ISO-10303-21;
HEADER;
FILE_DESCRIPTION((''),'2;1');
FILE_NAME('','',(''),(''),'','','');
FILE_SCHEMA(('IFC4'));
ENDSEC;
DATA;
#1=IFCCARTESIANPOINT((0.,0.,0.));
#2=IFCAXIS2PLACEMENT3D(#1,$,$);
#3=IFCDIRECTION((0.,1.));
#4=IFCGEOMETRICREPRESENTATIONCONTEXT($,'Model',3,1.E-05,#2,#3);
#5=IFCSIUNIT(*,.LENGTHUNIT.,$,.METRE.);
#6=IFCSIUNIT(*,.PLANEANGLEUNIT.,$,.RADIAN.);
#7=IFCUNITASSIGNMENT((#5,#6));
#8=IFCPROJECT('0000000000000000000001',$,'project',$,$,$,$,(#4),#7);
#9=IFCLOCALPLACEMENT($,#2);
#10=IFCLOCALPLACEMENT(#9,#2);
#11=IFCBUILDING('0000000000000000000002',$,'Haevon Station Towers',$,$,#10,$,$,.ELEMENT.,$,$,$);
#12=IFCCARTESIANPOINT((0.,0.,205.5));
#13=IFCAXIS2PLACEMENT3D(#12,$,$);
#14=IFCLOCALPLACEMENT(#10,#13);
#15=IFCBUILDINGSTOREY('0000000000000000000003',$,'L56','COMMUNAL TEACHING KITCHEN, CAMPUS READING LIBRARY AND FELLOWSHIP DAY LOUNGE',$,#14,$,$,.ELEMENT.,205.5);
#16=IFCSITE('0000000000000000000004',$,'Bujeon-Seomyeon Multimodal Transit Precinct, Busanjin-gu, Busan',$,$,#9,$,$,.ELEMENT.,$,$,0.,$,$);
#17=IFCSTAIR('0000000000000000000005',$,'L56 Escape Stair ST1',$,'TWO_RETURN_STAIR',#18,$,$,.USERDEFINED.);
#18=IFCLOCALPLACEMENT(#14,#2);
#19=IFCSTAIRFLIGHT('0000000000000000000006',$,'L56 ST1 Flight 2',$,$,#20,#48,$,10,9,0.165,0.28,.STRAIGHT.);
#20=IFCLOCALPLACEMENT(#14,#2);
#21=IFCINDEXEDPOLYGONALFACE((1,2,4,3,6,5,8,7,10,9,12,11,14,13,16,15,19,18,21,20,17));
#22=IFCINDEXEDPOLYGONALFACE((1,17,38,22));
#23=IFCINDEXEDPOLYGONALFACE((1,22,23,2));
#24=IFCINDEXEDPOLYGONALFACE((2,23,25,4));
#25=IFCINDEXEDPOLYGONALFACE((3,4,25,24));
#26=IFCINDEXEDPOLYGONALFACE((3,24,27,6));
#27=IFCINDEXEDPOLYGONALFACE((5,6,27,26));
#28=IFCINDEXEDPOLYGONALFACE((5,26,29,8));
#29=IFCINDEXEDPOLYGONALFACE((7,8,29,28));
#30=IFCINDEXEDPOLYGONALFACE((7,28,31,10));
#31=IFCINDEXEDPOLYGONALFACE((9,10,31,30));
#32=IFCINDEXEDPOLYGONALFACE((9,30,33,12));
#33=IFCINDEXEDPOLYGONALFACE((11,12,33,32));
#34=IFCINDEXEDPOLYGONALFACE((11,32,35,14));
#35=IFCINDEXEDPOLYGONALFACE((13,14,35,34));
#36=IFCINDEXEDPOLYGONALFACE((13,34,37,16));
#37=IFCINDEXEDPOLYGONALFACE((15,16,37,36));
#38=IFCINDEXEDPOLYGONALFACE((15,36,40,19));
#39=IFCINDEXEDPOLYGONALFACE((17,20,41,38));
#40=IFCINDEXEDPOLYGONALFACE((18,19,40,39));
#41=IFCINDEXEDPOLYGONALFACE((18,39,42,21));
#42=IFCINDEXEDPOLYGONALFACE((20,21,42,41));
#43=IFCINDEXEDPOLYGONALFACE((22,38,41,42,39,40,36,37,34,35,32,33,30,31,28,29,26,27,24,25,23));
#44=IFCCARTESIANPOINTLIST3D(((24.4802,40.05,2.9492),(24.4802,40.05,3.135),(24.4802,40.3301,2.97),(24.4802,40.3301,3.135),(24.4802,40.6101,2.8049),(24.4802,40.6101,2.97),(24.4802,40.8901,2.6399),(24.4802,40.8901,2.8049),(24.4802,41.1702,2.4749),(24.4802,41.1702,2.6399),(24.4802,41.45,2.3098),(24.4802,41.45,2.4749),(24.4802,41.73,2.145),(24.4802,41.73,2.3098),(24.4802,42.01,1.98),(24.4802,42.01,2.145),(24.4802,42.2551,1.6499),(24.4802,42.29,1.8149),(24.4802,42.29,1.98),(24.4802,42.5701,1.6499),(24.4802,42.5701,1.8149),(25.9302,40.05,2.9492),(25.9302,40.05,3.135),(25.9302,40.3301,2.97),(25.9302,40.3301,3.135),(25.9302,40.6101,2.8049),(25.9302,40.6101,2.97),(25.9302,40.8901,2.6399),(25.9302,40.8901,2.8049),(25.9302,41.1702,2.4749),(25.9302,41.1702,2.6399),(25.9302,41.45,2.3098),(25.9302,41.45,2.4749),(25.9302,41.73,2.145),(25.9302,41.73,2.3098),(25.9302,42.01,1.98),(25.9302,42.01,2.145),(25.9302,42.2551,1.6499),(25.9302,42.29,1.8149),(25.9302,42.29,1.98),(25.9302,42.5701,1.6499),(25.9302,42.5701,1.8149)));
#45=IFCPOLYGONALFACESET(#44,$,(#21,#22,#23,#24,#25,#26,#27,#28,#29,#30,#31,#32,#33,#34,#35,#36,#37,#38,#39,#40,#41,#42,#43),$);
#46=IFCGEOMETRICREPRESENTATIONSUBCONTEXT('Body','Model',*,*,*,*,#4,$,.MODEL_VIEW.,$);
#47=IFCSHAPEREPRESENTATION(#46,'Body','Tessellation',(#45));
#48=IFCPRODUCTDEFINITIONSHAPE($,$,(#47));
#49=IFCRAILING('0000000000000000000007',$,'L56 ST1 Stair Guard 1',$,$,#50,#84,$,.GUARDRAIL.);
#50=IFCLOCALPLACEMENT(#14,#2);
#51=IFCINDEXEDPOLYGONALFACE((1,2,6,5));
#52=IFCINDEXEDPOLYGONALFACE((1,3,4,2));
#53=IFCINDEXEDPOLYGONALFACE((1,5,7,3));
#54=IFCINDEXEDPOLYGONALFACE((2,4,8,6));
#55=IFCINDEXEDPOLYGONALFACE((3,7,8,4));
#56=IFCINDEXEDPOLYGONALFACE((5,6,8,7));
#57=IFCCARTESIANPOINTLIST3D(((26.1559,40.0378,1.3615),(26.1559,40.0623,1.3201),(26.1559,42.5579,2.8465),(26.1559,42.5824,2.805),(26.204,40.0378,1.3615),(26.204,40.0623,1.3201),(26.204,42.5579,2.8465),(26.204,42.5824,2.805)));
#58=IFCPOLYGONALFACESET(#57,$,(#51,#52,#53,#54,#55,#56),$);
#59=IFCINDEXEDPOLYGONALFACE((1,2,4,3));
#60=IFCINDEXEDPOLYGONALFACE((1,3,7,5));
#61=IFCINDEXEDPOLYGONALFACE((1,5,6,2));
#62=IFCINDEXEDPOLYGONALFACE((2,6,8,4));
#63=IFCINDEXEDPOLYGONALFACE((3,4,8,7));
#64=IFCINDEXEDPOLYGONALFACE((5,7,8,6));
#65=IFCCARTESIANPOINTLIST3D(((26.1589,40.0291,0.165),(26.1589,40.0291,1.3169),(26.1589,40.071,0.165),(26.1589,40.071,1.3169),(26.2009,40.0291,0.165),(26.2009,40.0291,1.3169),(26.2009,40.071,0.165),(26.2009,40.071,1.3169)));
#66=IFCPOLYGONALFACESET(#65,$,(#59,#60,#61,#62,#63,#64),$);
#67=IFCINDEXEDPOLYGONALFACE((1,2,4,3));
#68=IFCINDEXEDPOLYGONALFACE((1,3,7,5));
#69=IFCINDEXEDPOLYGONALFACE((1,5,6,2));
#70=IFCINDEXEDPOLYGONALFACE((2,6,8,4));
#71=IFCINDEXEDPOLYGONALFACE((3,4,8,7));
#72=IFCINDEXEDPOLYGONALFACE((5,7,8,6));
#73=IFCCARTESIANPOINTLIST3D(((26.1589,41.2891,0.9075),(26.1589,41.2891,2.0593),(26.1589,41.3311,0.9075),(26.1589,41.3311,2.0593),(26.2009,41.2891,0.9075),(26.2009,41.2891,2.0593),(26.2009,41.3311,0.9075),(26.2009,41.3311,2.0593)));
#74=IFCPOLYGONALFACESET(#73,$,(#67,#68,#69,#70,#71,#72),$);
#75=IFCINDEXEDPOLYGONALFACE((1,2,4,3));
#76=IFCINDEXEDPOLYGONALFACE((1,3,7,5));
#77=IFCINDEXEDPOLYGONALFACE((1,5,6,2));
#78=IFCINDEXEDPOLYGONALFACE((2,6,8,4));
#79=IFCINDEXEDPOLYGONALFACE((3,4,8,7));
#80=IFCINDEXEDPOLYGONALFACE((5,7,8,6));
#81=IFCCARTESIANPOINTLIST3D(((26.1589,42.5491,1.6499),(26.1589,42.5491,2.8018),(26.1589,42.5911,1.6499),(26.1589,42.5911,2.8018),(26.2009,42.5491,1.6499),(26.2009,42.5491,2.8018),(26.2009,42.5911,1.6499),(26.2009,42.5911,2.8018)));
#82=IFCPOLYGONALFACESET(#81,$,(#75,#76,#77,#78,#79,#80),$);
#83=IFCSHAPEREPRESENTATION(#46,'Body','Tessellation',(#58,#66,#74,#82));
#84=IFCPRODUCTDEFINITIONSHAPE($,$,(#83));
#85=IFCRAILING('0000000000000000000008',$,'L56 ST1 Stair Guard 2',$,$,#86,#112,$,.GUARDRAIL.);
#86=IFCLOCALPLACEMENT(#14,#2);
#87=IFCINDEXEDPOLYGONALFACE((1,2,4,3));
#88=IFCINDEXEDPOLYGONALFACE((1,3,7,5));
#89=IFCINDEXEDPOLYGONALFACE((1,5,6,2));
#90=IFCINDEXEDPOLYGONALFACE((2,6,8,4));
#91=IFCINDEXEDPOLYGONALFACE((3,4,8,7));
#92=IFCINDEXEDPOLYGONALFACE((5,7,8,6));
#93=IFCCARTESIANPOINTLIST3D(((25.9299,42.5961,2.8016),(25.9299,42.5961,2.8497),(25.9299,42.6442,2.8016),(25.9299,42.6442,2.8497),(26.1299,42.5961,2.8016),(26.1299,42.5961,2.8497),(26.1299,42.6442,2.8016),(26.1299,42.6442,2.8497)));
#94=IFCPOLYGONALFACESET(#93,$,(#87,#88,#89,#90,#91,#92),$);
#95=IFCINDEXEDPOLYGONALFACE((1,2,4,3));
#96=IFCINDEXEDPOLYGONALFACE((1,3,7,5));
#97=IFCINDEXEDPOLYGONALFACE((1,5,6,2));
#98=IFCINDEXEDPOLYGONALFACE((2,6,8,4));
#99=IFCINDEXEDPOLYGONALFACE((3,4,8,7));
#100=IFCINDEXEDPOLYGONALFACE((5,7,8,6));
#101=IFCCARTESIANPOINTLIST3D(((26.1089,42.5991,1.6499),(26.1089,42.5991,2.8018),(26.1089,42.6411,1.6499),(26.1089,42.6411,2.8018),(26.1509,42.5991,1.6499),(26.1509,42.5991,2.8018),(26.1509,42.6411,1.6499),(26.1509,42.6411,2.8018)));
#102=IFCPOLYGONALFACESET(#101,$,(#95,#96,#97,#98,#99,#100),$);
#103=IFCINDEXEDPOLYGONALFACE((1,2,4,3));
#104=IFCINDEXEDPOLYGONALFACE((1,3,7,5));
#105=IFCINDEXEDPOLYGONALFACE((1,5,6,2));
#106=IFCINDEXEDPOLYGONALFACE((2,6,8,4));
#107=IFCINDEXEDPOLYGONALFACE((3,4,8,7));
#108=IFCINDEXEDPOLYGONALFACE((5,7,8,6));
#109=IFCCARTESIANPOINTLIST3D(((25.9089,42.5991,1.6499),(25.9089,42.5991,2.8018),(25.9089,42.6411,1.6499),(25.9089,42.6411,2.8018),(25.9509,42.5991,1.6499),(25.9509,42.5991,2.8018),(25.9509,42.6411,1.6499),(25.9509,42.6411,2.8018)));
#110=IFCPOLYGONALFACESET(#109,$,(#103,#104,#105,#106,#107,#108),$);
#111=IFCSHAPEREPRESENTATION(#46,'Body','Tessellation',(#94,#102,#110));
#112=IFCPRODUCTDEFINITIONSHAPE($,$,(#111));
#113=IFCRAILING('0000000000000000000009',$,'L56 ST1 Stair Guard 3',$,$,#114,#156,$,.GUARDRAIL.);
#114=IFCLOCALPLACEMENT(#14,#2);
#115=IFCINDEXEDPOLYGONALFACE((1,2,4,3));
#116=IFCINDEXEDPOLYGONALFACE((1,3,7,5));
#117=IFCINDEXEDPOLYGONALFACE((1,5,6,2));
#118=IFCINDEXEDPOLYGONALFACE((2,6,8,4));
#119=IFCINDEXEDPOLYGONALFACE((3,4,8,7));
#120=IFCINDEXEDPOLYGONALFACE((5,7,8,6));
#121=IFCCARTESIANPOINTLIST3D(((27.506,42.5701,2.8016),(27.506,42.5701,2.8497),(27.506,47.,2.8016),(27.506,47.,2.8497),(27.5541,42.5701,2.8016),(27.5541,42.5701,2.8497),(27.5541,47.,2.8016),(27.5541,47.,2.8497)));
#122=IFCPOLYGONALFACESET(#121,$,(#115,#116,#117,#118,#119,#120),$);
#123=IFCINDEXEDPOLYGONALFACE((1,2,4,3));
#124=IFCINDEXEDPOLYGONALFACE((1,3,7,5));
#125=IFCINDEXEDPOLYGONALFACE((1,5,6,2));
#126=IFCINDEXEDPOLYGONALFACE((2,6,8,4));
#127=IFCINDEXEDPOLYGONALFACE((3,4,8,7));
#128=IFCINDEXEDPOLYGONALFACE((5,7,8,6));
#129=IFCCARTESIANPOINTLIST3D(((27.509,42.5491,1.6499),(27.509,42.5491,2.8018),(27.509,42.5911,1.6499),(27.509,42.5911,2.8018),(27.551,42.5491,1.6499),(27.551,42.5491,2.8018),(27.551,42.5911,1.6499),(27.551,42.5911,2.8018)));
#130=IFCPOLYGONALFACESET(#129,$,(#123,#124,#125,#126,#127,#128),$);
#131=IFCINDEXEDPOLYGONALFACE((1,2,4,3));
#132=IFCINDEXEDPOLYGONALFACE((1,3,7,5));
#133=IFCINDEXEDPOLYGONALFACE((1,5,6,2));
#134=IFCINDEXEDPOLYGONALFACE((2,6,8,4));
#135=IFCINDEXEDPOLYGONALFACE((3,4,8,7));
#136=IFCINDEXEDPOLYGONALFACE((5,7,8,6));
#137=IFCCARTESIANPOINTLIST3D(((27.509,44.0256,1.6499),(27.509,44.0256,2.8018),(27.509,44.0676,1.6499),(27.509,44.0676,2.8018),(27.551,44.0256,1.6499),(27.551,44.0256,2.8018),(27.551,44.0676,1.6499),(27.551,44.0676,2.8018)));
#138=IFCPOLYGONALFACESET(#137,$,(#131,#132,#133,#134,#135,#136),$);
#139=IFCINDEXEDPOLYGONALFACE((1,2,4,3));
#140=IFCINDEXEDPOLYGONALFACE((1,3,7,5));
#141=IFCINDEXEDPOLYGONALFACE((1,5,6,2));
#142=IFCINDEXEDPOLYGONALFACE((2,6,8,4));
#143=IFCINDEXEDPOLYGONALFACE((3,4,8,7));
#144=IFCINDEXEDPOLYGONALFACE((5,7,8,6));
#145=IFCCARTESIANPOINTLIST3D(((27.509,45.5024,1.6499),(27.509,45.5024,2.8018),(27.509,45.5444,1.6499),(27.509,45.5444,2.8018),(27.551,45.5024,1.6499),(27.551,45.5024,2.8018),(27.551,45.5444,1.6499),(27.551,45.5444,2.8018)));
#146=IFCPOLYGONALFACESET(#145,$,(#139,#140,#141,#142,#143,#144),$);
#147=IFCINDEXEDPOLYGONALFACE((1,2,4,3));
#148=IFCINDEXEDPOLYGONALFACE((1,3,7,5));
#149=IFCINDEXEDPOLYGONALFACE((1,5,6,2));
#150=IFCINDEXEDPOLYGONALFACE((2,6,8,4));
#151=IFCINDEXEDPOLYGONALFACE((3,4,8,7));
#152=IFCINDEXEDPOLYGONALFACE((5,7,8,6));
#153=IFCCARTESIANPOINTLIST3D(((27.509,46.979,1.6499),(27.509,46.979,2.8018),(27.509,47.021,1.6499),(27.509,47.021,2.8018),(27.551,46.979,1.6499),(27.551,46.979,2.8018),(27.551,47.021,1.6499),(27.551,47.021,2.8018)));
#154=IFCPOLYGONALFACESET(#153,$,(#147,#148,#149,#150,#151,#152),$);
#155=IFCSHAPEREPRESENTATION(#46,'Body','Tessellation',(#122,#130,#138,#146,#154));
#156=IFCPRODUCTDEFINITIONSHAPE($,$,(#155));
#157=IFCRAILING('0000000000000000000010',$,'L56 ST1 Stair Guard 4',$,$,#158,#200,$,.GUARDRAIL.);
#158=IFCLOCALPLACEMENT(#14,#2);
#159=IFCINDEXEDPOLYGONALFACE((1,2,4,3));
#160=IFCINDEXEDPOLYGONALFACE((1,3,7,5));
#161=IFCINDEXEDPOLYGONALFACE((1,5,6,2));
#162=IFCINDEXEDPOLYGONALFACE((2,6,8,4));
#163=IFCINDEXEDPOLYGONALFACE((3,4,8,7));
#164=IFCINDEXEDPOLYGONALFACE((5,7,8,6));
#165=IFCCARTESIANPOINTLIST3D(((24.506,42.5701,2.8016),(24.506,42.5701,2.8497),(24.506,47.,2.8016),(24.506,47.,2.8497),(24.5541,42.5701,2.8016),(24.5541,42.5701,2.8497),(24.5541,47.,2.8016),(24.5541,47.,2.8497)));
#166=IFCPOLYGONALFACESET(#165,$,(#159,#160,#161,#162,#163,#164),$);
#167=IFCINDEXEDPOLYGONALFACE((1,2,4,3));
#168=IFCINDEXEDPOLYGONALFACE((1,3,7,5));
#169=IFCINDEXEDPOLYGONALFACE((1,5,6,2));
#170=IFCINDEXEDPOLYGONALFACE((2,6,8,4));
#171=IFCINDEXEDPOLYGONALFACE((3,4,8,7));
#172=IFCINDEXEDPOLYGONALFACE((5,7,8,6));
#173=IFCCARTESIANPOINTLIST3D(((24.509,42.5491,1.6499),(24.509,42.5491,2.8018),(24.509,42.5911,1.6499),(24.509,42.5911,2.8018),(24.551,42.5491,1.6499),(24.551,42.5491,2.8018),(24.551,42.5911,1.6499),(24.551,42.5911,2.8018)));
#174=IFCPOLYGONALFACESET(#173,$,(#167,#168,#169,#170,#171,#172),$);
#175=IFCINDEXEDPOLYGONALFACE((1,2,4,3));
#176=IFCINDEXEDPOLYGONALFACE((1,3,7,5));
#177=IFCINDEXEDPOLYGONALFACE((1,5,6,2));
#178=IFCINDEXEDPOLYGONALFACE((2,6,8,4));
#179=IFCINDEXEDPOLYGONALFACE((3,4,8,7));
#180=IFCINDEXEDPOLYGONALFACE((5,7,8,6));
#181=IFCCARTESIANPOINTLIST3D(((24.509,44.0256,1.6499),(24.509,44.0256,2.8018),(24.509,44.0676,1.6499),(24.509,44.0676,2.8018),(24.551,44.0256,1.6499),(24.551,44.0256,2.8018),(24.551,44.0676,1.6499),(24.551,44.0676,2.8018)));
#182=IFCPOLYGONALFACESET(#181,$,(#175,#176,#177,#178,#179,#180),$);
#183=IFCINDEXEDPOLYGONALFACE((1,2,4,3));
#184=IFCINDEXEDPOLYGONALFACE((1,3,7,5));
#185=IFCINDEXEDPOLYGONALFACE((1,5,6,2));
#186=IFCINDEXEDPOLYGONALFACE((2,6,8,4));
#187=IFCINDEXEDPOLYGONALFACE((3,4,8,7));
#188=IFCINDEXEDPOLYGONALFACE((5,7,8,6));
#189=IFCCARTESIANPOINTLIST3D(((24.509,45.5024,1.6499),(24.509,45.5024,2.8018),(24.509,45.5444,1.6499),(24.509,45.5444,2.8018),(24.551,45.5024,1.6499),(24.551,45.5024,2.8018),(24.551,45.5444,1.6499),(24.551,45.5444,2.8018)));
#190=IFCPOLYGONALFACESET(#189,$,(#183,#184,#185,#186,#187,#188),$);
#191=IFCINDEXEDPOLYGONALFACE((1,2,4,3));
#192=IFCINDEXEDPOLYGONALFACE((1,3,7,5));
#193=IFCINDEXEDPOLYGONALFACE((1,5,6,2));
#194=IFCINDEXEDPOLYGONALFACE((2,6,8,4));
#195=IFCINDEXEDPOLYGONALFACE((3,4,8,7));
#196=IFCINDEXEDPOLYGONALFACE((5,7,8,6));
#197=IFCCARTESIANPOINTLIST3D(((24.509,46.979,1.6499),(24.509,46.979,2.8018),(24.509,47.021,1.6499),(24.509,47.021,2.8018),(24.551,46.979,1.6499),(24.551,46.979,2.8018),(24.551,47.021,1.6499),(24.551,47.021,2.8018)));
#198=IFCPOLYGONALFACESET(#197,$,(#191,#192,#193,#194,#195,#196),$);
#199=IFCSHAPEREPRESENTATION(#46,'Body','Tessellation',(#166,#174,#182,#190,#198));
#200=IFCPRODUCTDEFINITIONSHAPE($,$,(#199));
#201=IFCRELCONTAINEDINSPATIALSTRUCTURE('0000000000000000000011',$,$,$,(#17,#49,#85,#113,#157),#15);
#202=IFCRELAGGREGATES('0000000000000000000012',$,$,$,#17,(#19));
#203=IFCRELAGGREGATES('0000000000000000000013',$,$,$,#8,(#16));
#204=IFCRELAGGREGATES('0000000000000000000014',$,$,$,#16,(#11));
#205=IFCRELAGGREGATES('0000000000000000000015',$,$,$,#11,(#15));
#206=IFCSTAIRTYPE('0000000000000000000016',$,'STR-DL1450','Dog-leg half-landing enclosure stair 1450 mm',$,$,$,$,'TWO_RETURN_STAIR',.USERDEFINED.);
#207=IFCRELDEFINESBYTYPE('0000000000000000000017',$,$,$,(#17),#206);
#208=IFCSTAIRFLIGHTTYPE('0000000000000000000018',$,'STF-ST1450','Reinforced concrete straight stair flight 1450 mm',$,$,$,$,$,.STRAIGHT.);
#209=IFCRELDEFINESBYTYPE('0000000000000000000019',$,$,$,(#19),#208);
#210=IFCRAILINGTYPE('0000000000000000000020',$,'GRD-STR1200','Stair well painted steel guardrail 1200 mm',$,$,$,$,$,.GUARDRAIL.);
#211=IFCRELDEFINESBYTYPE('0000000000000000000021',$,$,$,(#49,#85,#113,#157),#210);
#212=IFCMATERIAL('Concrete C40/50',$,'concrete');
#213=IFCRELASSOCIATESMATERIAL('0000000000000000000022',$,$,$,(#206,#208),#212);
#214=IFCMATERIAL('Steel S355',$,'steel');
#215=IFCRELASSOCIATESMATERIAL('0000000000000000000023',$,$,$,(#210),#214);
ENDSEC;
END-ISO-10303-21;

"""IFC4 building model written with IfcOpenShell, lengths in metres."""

from ifc_helpers import new_model, si_unit, direction, frame, origin, origin_2d, place, context, subcontext, project, spatial, polyline, rectangle, outline, extrude, material, type_object, element, aggregate, save


model = new_model("IFC4")

# Units and contexts
model_context = context("Model", 3, precision=1e-05, world=origin(), true_north=direction((0.0, 1.0)))
body_context = subcontext(model_context, "Body", "Model", "MODEL_VIEW")
ifc_project = project(units=[si_unit("LENGTHUNIT", "METRE"), si_unit("PLANEANGLEUNIT", "RADIAN")], contexts=[model_context])

# Site, building, storey
site_placement = place(None, origin())
site = spatial("IfcSite", under=ifc_project, at=site_placement, Name="Bujeon-Seomyeon Multimodal Transit Precinct, Busanjin-gu, Busan", CompositionType="ELEMENT", RefElevation=0.0)
building_placement = place(site_placement, origin())
building = spatial("IfcBuilding", under=site, at=building_placement, Name="Haevon Station Towers", CompositionType="ELEMENT")
storey_placement = place(building_placement, frame((0.0, 0.0, 205.5)))
storey = spatial("IfcBuildingStorey", under=building, at=storey_placement, Name="L56", Description="COMMUNAL TEACHING KITCHEN, CAMPUS READING LIBRARY AND FELLOWSHIP DAY LOUNGE", CompositionType="ELEMENT", Elevation=205.5)

# Shared definitions
ifc_material_1 = material(Name="Steel S355", Category="steel")

# Shared definitions
ifc_material_2 = material(Name="Concrete C40/50", Category="concrete")

# Stair, stair flight
stair_type = type_object("IfcStairType", Name="STR-DL1450", Description="Dog-leg half-landing enclosure stair 1450 mm", ElementType="TWO_RETURN_STAIR", PredefinedType="USERDEFINED", material=ifc_material_2)
stair_placement = place(storey_placement, origin())
stair = element("IfcStair", 1, at=stair_placement, inside=storey, type_object=stair_type, Name="L56 Escape Stair ST1", ObjectType="TWO_RETURN_STAIR", PredefinedType="USERDEFINED")
stair_flight_type = type_object("IfcStairFlightType", Name="STF-ST1450", Description="Reinforced concrete straight stair flight 1450 mm", PredefinedType="STRAIGHT", material=ifc_material_2)
stair_flight_1_placement = place(storey_placement, frame((25.2051, 42.5701, 1.6499), z_axis=(0.0, 0.0, 1.0), x_axis=(0.0, -1.0, 0.0)))
stair_flight_1 = element("IfcStairFlight", 2, at=stair_flight_1_placement, type_object=stair_flight_type, Name="L56 ST1 Flight 2", NumberOfRisers=10, NumberOfTreads=9, PredefinedType="STRAIGHT", RiserHeight=0.165, TreadLength=0.28, context=body_context, shape_type="SweptSolid", body=[
    extrude(outline(polyline([(0.0, 0.0), (0.0, 0.165), (0.28, 0.165), (0.28, 0.3301), (0.5601, 0.3301), (0.5601, 0.4951), (0.8401, 0.4951), (0.8401, 0.6599), (1.1201, 0.6599), (1.1201, 0.825), (1.3999, 0.825), (1.3999, 0.99), (1.6799, 0.99), (1.6799, 1.155), (1.96, 1.155), (1.96, 1.3201), (2.24, 1.3201), (2.24, 1.4851), (2.52, 1.4851), (2.52, 1.6499), (2.52, 1.2993), (0.3149, 0.0), (0.0, 0.0)])), frame((0.0, 0.7251, 0.0), z_axis=(0.0, -1.0, 0.0), x_axis=(1.0, 0.0, 0.0)), (0.0, 0.0, 1.0), 1.45),
])
aggregate(stair, [stair_flight_1])

# Railings
railing_type_1 = type_object("IfcRailingType", Name="GRD-STR1200", Description="Stair well painted steel guardrail 1200 mm", PredefinedType="GUARDRAIL", material=ifc_material_1)
railing_1_placement = place(storey_placement, frame((26.1799, 40.05, 0.165)))
element("IfcRailing", 3, at=railing_1_placement, inside=storey, type_object=railing_type_1, Name="L56 ST1 Stair Guard 1", PredefinedType="GUARDRAIL", context=body_context, shape_type="SweptSolid", body=[
    extrude(rectangle(XDim=0.0481, YDim=0.0481, at=origin_2d()), frame((0.0, 0.0, 1.1758), z_axis=(0.0, 0.861561, 0.507655), x_axis=(-1.0, 0.0, 0.0)), (0.0, 0.0, 1.0), 2.925),
    extrude(rectangle(XDim=0.042, YDim=0.042, at=origin_2d()), origin(), (0.0, 0.0, 1.0), 1.1519),
    extrude(rectangle(XDim=0.042, YDim=0.042, at=origin_2d()), frame((0.0, 1.26, 0.7424)), (0.0, 0.0, 1.0), 1.1519),
    extrude(rectangle(XDim=0.042, YDim=0.042, at=origin_2d()), frame((0.0, 2.52, 1.4849)), (0.0, 0.0, 1.0), 1.1519),
])
railing_2_placement = place(storey_placement, frame((26.1299, 42.6201, 1.6499)))
element("IfcRailing", 4, at=railing_2_placement, inside=storey, type_object=railing_type_1, Name="L56 ST1 Stair Guard 2", PredefinedType="GUARDRAIL", context=body_context, shape_type="SweptSolid", body=[
    extrude(rectangle(XDim=0.0481, YDim=0.0481, at=origin_2d()), frame((0.0, 0.0, 1.1758), z_axis=(-1.0, 0.0, 0.0), x_axis=(0.0, -1.0, 0.0)), (0.0, 0.0, 1.0), 0.2),
    extrude(rectangle(XDim=0.042, YDim=0.042, at=origin_2d()), origin(), (0.0, 0.0, 1.0), 1.1519),
    extrude(rectangle(XDim=0.042, YDim=0.042, at=origin_2d()), frame((-0.2, 0.0, 0.0)), (0.0, 0.0, 1.0), 1.1519),
])
for number, where, name in (
    (5, (27.53, 42.5701, 1.6499), "L56 ST1 Stair Guard 3"),
    (6, (24.53, 42.5701, 1.6499), "L56 ST1 Stair Guard 4"),
):
    element("IfcRailing", number, at=place(storey_placement, frame(where)), inside=storey, type_object=railing_type_1, Name=name, PredefinedType="GUARDRAIL", context=body_context, shape_type="SweptSolid", body=[
        extrude(rectangle(XDim=0.0481, YDim=0.0481, at=origin_2d()), frame((0.0, 0.0, 1.1758), z_axis=(0.0, 1.0, 0.0), x_axis=(-1.0, 0.0, 0.0)), (0.0, 0.0, 1.0), 4.4299),
        extrude(rectangle(XDim=0.042, YDim=0.042, at=origin_2d()), origin(), (0.0, 0.0, 1.0), 1.1519),
        extrude(rectangle(XDim=0.042, YDim=0.042, at=origin_2d()), frame((0.0, 1.4766, 0.0)), (0.0, 0.0, 1.0), 1.1519),
        extrude(rectangle(XDim=0.042, YDim=0.042, at=origin_2d()), frame((0.0, 2.9534, 0.0)), (0.0, 0.0, 1.0), 1.1519),
        extrude(rectangle(XDim=0.042, YDim=0.042, at=origin_2d()), frame((0.0, 4.4299, 0.0)), (0.0, 0.0, 1.0), 1.1519),
    ])

save(model, "model.ifc")
